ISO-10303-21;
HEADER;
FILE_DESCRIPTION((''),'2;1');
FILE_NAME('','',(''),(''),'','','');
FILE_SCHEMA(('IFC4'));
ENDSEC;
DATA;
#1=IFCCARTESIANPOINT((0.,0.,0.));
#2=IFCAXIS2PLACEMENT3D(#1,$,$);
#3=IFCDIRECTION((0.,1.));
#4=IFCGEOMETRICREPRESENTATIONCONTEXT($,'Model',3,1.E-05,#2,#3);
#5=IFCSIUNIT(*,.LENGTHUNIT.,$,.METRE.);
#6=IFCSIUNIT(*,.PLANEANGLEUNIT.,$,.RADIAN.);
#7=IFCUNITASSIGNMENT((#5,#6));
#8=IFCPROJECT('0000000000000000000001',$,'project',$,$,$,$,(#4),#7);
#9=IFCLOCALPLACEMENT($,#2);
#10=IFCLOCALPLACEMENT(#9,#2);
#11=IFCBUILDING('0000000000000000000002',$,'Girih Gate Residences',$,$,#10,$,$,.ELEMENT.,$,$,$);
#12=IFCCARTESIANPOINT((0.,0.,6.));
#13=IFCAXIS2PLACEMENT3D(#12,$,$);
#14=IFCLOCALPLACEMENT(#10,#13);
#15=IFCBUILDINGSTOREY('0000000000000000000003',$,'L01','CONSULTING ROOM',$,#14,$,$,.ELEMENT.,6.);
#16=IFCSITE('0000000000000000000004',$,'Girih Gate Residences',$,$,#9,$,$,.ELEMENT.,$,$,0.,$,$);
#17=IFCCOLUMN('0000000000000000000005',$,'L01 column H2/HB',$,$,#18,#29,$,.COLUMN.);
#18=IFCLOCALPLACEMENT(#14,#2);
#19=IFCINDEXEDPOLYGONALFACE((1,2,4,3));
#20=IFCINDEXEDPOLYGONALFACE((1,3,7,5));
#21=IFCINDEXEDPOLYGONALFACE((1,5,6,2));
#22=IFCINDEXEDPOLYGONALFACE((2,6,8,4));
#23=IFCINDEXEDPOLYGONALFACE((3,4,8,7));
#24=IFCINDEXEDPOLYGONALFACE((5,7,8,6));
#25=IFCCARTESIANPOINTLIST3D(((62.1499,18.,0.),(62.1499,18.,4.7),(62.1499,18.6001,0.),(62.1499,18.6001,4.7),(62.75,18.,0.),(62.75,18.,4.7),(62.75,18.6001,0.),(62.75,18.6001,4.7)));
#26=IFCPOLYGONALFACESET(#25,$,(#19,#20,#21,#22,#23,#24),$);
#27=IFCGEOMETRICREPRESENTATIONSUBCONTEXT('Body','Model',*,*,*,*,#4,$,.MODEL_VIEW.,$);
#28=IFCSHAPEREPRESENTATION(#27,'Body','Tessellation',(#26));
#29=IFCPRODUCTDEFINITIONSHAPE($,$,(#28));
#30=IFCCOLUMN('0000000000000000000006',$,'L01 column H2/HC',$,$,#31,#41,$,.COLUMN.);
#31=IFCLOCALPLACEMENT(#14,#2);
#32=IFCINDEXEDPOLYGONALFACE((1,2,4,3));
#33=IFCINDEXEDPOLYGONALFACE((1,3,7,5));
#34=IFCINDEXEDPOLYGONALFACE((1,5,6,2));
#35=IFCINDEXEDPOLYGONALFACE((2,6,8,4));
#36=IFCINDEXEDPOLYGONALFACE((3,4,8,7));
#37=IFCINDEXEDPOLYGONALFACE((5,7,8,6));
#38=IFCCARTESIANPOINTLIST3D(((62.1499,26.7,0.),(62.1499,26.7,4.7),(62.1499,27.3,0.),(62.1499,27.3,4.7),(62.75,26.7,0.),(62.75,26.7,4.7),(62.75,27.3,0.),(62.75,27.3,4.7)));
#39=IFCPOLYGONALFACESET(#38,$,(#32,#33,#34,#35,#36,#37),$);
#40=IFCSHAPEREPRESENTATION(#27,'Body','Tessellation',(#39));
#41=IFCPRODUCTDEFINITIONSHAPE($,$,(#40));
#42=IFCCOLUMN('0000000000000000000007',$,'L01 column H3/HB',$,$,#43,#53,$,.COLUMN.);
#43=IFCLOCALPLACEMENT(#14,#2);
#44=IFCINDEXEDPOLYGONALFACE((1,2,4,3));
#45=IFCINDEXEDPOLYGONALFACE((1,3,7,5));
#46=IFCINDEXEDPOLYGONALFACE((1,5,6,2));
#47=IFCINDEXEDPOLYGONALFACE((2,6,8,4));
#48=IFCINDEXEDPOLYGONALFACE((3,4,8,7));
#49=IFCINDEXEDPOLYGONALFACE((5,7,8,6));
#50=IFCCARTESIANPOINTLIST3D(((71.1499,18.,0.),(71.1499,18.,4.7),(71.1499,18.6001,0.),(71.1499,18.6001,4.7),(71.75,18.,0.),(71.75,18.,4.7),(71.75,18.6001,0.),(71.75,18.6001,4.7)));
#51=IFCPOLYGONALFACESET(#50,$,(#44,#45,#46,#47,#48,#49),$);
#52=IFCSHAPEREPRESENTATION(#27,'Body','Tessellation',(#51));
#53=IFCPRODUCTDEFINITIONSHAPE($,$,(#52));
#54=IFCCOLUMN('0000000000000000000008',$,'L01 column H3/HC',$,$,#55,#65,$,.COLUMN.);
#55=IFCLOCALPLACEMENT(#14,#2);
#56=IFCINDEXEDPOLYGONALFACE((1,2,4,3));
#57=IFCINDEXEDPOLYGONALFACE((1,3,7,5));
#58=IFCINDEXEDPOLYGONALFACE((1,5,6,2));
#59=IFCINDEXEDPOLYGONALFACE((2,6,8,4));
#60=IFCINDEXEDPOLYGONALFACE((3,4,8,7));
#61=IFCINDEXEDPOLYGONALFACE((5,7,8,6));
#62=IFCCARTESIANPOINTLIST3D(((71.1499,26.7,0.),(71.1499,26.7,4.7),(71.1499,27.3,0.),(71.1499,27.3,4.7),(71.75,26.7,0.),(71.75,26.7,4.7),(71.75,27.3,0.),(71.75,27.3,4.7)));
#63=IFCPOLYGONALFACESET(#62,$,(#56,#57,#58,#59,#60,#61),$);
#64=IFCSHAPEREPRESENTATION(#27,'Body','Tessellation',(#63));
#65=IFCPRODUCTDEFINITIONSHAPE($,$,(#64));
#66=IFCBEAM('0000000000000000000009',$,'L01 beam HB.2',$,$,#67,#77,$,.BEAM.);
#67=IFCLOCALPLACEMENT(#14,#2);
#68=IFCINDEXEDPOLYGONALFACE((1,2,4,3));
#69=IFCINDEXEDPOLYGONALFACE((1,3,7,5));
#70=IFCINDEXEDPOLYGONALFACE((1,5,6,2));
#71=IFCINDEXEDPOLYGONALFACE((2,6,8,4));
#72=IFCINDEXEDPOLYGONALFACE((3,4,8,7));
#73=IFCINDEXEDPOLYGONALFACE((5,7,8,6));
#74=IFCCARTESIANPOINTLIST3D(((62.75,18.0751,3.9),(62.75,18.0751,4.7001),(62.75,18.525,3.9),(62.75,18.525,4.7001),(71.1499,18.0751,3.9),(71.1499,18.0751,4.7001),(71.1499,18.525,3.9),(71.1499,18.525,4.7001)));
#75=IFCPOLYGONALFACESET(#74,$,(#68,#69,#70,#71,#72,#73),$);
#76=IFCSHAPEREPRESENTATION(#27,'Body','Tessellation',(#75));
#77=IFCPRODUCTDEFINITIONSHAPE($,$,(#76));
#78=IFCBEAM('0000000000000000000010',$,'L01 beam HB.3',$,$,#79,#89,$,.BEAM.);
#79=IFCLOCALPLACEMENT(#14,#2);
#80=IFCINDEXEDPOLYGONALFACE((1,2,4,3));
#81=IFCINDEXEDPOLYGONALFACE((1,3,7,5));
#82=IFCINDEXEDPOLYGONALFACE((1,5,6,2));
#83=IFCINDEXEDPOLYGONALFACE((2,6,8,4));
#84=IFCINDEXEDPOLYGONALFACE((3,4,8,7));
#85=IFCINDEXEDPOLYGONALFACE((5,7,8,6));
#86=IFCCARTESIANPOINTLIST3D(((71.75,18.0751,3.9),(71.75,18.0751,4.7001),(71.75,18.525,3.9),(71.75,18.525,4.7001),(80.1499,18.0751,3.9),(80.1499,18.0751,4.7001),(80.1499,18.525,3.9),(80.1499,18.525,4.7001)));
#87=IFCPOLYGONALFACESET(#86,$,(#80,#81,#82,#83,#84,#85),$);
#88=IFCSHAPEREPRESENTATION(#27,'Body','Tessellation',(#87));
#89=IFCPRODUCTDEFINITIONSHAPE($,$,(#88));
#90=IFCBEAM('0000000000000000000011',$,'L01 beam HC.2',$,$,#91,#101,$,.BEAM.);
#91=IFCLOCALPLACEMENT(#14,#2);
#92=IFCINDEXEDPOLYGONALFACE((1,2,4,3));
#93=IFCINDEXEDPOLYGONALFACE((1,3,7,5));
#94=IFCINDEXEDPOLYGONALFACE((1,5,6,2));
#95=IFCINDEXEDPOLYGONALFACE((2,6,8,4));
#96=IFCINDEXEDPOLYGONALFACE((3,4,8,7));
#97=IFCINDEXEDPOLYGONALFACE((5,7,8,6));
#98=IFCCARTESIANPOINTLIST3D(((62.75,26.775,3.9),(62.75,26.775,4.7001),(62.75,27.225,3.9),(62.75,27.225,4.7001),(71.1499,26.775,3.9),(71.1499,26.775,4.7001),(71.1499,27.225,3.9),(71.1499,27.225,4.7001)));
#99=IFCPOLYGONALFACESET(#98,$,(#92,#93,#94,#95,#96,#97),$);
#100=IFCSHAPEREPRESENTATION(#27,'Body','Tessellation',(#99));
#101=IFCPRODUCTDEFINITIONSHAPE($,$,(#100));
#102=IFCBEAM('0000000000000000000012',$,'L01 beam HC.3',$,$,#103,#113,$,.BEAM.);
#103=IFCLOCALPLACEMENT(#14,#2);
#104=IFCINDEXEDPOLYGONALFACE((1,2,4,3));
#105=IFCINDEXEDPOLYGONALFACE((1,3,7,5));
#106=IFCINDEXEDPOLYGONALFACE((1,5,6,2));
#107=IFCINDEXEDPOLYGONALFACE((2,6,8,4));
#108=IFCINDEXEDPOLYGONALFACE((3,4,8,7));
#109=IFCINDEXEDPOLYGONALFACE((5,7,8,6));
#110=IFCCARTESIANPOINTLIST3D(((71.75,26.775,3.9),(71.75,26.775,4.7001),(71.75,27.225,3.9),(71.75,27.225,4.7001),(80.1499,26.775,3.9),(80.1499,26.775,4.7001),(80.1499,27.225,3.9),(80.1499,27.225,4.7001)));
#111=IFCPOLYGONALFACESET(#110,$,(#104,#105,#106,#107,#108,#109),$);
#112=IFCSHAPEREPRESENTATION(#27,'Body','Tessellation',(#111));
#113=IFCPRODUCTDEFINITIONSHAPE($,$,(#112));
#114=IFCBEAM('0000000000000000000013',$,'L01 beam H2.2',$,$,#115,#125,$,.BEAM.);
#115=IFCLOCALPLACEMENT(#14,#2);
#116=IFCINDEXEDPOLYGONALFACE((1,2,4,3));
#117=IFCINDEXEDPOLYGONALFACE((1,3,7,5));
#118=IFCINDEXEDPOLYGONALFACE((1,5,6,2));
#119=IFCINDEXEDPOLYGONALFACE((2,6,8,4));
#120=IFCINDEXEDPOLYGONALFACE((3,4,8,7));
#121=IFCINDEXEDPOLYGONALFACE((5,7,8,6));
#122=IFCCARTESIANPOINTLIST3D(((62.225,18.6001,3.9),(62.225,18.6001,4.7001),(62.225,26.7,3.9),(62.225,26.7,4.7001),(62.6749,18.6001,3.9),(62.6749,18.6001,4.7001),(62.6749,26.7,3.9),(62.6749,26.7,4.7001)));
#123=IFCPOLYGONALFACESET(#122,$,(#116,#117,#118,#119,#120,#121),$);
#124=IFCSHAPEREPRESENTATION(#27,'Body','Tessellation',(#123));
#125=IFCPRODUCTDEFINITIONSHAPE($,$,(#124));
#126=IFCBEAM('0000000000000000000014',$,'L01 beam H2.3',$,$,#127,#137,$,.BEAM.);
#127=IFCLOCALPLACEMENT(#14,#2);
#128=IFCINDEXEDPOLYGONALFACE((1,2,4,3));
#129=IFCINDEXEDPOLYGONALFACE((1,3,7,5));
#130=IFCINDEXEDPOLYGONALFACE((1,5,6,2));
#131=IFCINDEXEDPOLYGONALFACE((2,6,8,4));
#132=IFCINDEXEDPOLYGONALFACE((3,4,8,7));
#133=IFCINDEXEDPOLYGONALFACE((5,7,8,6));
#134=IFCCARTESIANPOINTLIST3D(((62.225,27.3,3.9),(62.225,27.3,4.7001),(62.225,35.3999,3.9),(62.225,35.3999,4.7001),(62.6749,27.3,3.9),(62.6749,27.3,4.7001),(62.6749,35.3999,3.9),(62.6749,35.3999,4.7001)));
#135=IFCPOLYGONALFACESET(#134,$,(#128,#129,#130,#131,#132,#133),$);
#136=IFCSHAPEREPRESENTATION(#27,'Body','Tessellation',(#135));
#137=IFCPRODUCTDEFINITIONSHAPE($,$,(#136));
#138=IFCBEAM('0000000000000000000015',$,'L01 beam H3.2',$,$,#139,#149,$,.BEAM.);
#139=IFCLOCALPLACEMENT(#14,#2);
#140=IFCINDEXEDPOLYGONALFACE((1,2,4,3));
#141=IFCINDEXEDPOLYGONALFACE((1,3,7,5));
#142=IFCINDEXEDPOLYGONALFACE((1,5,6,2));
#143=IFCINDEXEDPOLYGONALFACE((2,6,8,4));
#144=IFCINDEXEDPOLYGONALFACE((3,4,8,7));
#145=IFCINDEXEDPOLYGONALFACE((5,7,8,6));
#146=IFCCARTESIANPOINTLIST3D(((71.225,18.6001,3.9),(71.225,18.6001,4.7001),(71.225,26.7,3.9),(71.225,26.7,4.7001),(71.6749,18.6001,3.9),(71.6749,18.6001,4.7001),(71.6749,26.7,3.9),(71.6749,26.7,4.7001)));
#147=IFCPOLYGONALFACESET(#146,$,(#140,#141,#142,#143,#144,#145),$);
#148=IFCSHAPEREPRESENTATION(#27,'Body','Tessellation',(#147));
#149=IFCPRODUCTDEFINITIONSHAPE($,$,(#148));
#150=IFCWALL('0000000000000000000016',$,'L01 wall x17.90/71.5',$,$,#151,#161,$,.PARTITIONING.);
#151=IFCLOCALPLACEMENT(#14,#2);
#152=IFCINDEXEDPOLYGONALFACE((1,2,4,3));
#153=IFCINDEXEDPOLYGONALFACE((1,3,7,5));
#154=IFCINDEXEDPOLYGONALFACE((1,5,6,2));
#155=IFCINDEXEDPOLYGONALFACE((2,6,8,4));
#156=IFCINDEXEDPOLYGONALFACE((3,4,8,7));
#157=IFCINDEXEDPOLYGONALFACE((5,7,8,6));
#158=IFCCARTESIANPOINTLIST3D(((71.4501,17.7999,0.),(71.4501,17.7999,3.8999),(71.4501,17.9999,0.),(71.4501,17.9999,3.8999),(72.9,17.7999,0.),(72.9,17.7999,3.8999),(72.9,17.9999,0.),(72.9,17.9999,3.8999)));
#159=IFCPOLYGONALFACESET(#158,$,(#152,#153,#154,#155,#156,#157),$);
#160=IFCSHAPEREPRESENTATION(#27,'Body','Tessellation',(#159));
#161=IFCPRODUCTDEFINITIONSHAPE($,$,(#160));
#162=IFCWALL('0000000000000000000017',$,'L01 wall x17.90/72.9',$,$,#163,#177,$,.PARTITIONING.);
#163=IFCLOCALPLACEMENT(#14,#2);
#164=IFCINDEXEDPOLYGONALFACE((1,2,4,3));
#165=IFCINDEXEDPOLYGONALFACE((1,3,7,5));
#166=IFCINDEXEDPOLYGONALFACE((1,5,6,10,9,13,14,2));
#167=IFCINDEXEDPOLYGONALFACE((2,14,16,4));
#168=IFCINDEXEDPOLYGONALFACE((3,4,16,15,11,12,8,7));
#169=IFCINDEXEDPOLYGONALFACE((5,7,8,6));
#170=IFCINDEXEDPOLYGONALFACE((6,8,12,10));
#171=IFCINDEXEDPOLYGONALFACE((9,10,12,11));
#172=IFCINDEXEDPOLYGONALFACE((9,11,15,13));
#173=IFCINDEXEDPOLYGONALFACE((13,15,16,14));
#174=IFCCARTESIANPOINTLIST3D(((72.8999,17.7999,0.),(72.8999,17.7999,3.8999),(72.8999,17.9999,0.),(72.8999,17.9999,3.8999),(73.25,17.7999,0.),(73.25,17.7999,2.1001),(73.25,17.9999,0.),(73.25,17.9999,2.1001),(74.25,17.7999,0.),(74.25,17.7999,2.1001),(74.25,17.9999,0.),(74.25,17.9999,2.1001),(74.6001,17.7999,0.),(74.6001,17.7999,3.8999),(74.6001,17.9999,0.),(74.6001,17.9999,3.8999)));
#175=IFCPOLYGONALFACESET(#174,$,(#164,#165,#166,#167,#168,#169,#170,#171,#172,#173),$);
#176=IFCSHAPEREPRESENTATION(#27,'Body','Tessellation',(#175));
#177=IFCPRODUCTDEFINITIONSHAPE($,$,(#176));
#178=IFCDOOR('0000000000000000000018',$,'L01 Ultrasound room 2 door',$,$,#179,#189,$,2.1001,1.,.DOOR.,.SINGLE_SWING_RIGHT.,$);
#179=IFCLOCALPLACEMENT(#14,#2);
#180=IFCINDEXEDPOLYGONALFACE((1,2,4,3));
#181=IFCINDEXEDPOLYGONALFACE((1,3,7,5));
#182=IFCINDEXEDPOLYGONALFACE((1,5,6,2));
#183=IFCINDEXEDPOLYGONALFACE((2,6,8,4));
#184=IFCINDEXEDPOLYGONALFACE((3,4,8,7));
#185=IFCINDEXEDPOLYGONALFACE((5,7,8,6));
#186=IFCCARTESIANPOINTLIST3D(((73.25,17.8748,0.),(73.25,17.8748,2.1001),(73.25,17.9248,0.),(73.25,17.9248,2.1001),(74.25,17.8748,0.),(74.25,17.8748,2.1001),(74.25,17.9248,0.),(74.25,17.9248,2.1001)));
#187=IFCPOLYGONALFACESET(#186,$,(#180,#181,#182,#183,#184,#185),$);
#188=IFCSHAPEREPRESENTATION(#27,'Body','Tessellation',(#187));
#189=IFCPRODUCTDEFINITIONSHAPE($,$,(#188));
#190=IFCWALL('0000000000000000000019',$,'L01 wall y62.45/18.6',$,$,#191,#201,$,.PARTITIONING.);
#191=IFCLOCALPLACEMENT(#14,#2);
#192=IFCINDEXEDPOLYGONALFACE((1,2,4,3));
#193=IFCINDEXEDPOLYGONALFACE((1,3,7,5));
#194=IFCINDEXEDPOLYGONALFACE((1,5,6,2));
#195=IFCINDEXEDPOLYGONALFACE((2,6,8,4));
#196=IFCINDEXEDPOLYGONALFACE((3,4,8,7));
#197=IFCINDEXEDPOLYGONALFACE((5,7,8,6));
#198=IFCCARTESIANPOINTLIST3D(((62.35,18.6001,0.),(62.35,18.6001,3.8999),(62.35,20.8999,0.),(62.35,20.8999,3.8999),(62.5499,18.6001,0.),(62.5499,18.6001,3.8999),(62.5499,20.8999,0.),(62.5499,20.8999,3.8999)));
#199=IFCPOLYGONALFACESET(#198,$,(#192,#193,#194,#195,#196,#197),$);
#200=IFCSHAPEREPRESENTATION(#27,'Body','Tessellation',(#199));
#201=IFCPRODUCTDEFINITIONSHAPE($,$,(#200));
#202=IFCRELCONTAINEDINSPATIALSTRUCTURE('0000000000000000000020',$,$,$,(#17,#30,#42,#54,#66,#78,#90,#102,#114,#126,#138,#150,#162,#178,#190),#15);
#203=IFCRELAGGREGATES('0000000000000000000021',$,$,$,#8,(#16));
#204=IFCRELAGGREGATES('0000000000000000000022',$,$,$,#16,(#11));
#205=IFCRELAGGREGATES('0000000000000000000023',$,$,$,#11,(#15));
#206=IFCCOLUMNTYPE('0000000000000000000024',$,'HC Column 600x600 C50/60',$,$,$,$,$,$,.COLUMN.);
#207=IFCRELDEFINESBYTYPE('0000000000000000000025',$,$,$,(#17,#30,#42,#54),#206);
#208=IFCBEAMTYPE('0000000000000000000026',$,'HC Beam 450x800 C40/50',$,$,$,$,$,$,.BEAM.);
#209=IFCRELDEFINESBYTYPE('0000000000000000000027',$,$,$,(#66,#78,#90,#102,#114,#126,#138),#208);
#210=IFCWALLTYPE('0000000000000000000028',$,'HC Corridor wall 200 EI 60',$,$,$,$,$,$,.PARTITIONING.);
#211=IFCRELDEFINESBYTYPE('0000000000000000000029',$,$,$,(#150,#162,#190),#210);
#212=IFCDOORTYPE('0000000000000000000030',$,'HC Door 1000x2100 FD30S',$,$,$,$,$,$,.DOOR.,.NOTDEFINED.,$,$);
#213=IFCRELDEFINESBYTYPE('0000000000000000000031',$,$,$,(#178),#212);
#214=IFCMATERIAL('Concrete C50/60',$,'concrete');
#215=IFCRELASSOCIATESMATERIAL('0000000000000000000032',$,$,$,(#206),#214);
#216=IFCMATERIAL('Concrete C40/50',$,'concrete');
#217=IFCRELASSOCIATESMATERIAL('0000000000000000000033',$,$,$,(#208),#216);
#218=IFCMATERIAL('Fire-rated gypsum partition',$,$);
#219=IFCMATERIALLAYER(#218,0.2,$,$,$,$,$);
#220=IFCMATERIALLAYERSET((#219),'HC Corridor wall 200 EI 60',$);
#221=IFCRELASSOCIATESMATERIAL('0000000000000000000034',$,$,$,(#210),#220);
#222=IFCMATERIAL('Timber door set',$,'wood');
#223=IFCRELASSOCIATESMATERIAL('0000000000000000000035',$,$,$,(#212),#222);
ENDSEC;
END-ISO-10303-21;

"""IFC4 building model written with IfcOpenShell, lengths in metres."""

from ifc_helpers import new_model, si_unit, direction, frame, frame_2d, origin, origin_2d, place, context, subcontext, project, spatial, rectangle, extrude, material, layer, layer_set, material_profile, profile_set, type_object, element, fill, save


model = new_model("IFC4")

# Units and contexts
model_context = context("Model", 3, precision=1e-05, world=origin(), true_north=direction((0.0, 1.0)))
body_context = subcontext(model_context, "Body", "Model", "MODEL_VIEW")
ifc_project = project(units=[si_unit("LENGTHUNIT", "METRE"), si_unit("PLANEANGLEUNIT", "RADIAN")], contexts=[model_context])

# Site, building, storey
site_placement = place(None, origin())
site = spatial("IfcSite", under=ifc_project, at=site_placement, Name="Girih Gate Residences", CompositionType="ELEMENT", RefElevation=0.0)
building_placement = place(site_placement, origin())
building = spatial("IfcBuilding", under=site, at=building_placement, Name="Girih Gate Residences", CompositionType="ELEMENT")
storey_placement = place(building_placement, frame((0.0, 0.0, 6.0)))
storey = spatial("IfcBuildingStorey", under=building, at=storey_placement, Name="L01", Description="CONSULTING ROOM", CompositionType="ELEMENT", Elevation=6.0)

# Columns
ifc_material_1 = material(Name="Concrete C50/60", Category="concrete")
ifc_material_profile_1 = material_profile(ifc_material_1, rectangle(XDim=0.6001, YDim=0.6001, at=origin_2d()))
ifc_profile_set_1 = profile_set([ifc_material_profile_1], Name="Concrete C50/60")
column_type = type_object("IfcColumnType", Name="HC Column 600x600 C50/60", PredefinedType="COLUMN", material=ifc_profile_set_1)
for number, where, z_axis, x_axis, name in (
    (1, (62.45, 18.3, 0.0), (0.0, 0.0, 1.0), (1.0, 0.0, 0.0), "L01 column H2/HB"),
    (2, (62.45, 27.0, 0.0), (0.0, 0.0, 1.0), (1.0, 0.0, 0.0), "L01 column H2/HC"),
    (3, (71.45, 18.3, 0.0), (0.0, 0.0, 1.0), (1.0, 0.0, 0.0), "L01 column H3/HB"),
    (4, (71.45, 27.0, 0.0), (0.0, 0.0, 1.0), (1.0, 0.0, 0.0), "L01 column H3/HC"),
):
    element("IfcColumn", number, at=place(storey_placement, frame(where, z_axis=z_axis, x_axis=x_axis)), inside=storey, type_object=column_type, Name=name, PredefinedType="COLUMN", context=body_context, shape_type="SweptSolid", body=[
        extrude(rectangle(XDim=0.6001, YDim=0.6001, at=origin_2d()), origin(), (0.0, 0.0, 1.0), 4.7),
    ])

# Beams
ifc_material_2 = material(Name="Concrete C40/50", Category="concrete")
ifc_material_profile_2 = material_profile(ifc_material_2, rectangle(XDim=0.45, YDim=0.8, at=origin_2d()))
ifc_profile_set_2 = profile_set([ifc_material_profile_2], Name="Concrete C40/50")
beam_type = type_object("IfcBeamType", Name="HC Beam 450x800 C40/50", PredefinedType="BEAM", material=ifc_profile_set_2)
for number, where, z_axis, x_axis, name in (
    (5, (62.75, 18.3, 4.3), (1.0, 0.0, 0.0), (0.0, 1.0, 0.0), "L01 beam HB.2"),
    (6, (71.75, 18.3, 4.3), (1.0, 0.0, 0.0), (0.0, 1.0, 0.0), "L01 beam HB.3"),
    (7, (62.75, 27.0, 4.3), (1.0, 0.0, 0.0), (0.0, 1.0, 0.0), "L01 beam HC.2"),
    (8, (71.75, 27.0, 4.3), (1.0, 0.0, 0.0), (0.0, 1.0, 0.0), "L01 beam HC.3"),
):
    element("IfcBeam", number, at=place(storey_placement, frame(where, z_axis=z_axis, x_axis=x_axis)), inside=storey, type_object=beam_type, Name=name, PredefinedType="BEAM", context=body_context, shape_type="SweptSolid", body=[
        extrude(rectangle(XDim=0.45, YDim=0.8, at=origin_2d()), origin(), (0.0, 0.0, 1.0), 8.3999),
    ])
for number, where, z_axis, x_axis, name in (
    (9, (62.45, 18.6001, 4.3), (0.0, 1.0, 0.0), (-1.0, 0.0, 0.0), "L01 beam H2.2"),
    (10, (62.45, 27.3, 4.3), (0.0, 1.0, 0.0), (-1.0, 0.0, 0.0), "L01 beam H2.3"),
    (11, (71.45, 18.6001, 4.3), (0.0, 1.0, 0.0), (-1.0, 0.0, 0.0), "L01 beam H3.2"),
):
    element("IfcBeam", number, at=place(storey_placement, frame(where, z_axis=z_axis, x_axis=x_axis)), inside=storey, type_object=beam_type, Name=name, PredefinedType="BEAM", context=body_context, shape_type="SweptSolid", body=[
        extrude(rectangle(XDim=0.45, YDim=0.8, at=origin_2d()), origin(), (0.0, 0.0, 1.0), 8.0999),
    ])

# Wall
ifc_material_3 = material(Name="Fire-rated gypsum partition")
ifc_layer_1 = layer(ifc_material_3, 0.2)
ifc_layer_set_1 = layer_set([ifc_layer_1], Name="HC Corridor wall 200 EI 60")
wall_type_1 = type_object("IfcWallType", Name="HC Corridor wall 200 EI 60", PredefinedType="PARTITIONING", material=ifc_layer_set_1)
wall_1_placement = place(storey_placement, frame((71.45, 17.8999, 0.0), z_axis=(0.0, 0.0, 1.0), x_axis=(1.0, 0.0, 0.0)))
element("IfcWall", 12, at=wall_1_placement, inside=storey, type_object=wall_type_1, Name="L01 wall x17.90/71.5", PredefinedType="PARTITIONING", context=body_context, shape_type="SweptSolid", body=[
    extrude(rectangle(XDim=1.45, YDim=0.2, at=frame_2d((0.7251, 0.0))), origin(), (0.0, 0.0, 1.0), 3.8999),
])

# Wall, opening, door
wall_2_placement = place(storey_placement, frame((72.8999, 17.8999, 0.0), z_axis=(0.0, 0.0, 1.0), x_axis=(1.0, 0.0, 0.0)))
wall_2 = element("IfcWall", 13, at=wall_2_placement, inside=storey, type_object=wall_type_1, Name="L01 wall x17.90/72.9", PredefinedType="PARTITIONING", context=body_context, shape_type="SweptSolid", body=[
    extrude(rectangle(XDim=1.7002, YDim=0.2, at=frame_2d((0.8501, 0.0))), origin(), (0.0, 0.0, 1.0), 3.8999),
])
opening_placement = place(wall_2_placement, frame((0.3501, 0.0, 0.0)))
opening = element("IfcOpeningElement", 14, at=opening_placement, cuts=wall_2, PredefinedType="OPENING", context=body_context, shape_type="SweptSolid", body=[
    extrude(rectangle(XDim=1.0, YDim=2.1001, at=frame_2d((0.5, 1.05))), frame((0.0, 0.1099, 0.0), z_axis=(0.0, -1.0, 0.0), x_axis=(1.0, 0.0, 0.0)), (0.0, 0.0, 1.0), 0.22),
])
ifc_material_4 = material(Name="Timber door set", Category="wood")
door_type = type_object("IfcDoorType", Name="HC Door 1000x2100 FD30S", OperationType="NOTDEFINED", PredefinedType="DOOR", material=ifc_material_4)
door_placement = place(opening_placement, origin())
door = element("IfcDoor", 15, at=door_placement, inside=storey, type_object=door_type, Name="L01 Ultrasound room 2 door", OperationType="SINGLE_SWING_RIGHT", OverallHeight=2.1001, OverallWidth=1.0, PredefinedType="DOOR", context=body_context, shape_type="SweptSolid", body=[
    extrude(rectangle(XDim=1.0, YDim=2.1001, at=frame_2d((0.5, 1.05))), frame((0.0, 0.0249, 0.0), z_axis=(0.0, -1.0, 0.0), x_axis=(1.0, 0.0, 0.0)), (0.0, 0.0, 1.0), 0.05),
])
fill(opening, door)

# Wall
wall_3_placement = place(storey_placement, frame((62.45, 18.6001, 0.0), z_axis=(0.0, 0.0, 1.0), x_axis=(0.0, 1.0, 0.0)))
element("IfcWall", 16, at=wall_3_placement, inside=storey, type_object=wall_type_1, Name="L01 wall y62.45/18.6", PredefinedType="PARTITIONING", context=body_context, shape_type="SweptSolid", body=[
    extrude(rectangle(XDim=2.2998, YDim=0.2, at=frame_2d((1.1499, 0.0))), origin(), (0.0, 0.0, 1.0), 3.8999),
])

save(model, "model.ifc")
